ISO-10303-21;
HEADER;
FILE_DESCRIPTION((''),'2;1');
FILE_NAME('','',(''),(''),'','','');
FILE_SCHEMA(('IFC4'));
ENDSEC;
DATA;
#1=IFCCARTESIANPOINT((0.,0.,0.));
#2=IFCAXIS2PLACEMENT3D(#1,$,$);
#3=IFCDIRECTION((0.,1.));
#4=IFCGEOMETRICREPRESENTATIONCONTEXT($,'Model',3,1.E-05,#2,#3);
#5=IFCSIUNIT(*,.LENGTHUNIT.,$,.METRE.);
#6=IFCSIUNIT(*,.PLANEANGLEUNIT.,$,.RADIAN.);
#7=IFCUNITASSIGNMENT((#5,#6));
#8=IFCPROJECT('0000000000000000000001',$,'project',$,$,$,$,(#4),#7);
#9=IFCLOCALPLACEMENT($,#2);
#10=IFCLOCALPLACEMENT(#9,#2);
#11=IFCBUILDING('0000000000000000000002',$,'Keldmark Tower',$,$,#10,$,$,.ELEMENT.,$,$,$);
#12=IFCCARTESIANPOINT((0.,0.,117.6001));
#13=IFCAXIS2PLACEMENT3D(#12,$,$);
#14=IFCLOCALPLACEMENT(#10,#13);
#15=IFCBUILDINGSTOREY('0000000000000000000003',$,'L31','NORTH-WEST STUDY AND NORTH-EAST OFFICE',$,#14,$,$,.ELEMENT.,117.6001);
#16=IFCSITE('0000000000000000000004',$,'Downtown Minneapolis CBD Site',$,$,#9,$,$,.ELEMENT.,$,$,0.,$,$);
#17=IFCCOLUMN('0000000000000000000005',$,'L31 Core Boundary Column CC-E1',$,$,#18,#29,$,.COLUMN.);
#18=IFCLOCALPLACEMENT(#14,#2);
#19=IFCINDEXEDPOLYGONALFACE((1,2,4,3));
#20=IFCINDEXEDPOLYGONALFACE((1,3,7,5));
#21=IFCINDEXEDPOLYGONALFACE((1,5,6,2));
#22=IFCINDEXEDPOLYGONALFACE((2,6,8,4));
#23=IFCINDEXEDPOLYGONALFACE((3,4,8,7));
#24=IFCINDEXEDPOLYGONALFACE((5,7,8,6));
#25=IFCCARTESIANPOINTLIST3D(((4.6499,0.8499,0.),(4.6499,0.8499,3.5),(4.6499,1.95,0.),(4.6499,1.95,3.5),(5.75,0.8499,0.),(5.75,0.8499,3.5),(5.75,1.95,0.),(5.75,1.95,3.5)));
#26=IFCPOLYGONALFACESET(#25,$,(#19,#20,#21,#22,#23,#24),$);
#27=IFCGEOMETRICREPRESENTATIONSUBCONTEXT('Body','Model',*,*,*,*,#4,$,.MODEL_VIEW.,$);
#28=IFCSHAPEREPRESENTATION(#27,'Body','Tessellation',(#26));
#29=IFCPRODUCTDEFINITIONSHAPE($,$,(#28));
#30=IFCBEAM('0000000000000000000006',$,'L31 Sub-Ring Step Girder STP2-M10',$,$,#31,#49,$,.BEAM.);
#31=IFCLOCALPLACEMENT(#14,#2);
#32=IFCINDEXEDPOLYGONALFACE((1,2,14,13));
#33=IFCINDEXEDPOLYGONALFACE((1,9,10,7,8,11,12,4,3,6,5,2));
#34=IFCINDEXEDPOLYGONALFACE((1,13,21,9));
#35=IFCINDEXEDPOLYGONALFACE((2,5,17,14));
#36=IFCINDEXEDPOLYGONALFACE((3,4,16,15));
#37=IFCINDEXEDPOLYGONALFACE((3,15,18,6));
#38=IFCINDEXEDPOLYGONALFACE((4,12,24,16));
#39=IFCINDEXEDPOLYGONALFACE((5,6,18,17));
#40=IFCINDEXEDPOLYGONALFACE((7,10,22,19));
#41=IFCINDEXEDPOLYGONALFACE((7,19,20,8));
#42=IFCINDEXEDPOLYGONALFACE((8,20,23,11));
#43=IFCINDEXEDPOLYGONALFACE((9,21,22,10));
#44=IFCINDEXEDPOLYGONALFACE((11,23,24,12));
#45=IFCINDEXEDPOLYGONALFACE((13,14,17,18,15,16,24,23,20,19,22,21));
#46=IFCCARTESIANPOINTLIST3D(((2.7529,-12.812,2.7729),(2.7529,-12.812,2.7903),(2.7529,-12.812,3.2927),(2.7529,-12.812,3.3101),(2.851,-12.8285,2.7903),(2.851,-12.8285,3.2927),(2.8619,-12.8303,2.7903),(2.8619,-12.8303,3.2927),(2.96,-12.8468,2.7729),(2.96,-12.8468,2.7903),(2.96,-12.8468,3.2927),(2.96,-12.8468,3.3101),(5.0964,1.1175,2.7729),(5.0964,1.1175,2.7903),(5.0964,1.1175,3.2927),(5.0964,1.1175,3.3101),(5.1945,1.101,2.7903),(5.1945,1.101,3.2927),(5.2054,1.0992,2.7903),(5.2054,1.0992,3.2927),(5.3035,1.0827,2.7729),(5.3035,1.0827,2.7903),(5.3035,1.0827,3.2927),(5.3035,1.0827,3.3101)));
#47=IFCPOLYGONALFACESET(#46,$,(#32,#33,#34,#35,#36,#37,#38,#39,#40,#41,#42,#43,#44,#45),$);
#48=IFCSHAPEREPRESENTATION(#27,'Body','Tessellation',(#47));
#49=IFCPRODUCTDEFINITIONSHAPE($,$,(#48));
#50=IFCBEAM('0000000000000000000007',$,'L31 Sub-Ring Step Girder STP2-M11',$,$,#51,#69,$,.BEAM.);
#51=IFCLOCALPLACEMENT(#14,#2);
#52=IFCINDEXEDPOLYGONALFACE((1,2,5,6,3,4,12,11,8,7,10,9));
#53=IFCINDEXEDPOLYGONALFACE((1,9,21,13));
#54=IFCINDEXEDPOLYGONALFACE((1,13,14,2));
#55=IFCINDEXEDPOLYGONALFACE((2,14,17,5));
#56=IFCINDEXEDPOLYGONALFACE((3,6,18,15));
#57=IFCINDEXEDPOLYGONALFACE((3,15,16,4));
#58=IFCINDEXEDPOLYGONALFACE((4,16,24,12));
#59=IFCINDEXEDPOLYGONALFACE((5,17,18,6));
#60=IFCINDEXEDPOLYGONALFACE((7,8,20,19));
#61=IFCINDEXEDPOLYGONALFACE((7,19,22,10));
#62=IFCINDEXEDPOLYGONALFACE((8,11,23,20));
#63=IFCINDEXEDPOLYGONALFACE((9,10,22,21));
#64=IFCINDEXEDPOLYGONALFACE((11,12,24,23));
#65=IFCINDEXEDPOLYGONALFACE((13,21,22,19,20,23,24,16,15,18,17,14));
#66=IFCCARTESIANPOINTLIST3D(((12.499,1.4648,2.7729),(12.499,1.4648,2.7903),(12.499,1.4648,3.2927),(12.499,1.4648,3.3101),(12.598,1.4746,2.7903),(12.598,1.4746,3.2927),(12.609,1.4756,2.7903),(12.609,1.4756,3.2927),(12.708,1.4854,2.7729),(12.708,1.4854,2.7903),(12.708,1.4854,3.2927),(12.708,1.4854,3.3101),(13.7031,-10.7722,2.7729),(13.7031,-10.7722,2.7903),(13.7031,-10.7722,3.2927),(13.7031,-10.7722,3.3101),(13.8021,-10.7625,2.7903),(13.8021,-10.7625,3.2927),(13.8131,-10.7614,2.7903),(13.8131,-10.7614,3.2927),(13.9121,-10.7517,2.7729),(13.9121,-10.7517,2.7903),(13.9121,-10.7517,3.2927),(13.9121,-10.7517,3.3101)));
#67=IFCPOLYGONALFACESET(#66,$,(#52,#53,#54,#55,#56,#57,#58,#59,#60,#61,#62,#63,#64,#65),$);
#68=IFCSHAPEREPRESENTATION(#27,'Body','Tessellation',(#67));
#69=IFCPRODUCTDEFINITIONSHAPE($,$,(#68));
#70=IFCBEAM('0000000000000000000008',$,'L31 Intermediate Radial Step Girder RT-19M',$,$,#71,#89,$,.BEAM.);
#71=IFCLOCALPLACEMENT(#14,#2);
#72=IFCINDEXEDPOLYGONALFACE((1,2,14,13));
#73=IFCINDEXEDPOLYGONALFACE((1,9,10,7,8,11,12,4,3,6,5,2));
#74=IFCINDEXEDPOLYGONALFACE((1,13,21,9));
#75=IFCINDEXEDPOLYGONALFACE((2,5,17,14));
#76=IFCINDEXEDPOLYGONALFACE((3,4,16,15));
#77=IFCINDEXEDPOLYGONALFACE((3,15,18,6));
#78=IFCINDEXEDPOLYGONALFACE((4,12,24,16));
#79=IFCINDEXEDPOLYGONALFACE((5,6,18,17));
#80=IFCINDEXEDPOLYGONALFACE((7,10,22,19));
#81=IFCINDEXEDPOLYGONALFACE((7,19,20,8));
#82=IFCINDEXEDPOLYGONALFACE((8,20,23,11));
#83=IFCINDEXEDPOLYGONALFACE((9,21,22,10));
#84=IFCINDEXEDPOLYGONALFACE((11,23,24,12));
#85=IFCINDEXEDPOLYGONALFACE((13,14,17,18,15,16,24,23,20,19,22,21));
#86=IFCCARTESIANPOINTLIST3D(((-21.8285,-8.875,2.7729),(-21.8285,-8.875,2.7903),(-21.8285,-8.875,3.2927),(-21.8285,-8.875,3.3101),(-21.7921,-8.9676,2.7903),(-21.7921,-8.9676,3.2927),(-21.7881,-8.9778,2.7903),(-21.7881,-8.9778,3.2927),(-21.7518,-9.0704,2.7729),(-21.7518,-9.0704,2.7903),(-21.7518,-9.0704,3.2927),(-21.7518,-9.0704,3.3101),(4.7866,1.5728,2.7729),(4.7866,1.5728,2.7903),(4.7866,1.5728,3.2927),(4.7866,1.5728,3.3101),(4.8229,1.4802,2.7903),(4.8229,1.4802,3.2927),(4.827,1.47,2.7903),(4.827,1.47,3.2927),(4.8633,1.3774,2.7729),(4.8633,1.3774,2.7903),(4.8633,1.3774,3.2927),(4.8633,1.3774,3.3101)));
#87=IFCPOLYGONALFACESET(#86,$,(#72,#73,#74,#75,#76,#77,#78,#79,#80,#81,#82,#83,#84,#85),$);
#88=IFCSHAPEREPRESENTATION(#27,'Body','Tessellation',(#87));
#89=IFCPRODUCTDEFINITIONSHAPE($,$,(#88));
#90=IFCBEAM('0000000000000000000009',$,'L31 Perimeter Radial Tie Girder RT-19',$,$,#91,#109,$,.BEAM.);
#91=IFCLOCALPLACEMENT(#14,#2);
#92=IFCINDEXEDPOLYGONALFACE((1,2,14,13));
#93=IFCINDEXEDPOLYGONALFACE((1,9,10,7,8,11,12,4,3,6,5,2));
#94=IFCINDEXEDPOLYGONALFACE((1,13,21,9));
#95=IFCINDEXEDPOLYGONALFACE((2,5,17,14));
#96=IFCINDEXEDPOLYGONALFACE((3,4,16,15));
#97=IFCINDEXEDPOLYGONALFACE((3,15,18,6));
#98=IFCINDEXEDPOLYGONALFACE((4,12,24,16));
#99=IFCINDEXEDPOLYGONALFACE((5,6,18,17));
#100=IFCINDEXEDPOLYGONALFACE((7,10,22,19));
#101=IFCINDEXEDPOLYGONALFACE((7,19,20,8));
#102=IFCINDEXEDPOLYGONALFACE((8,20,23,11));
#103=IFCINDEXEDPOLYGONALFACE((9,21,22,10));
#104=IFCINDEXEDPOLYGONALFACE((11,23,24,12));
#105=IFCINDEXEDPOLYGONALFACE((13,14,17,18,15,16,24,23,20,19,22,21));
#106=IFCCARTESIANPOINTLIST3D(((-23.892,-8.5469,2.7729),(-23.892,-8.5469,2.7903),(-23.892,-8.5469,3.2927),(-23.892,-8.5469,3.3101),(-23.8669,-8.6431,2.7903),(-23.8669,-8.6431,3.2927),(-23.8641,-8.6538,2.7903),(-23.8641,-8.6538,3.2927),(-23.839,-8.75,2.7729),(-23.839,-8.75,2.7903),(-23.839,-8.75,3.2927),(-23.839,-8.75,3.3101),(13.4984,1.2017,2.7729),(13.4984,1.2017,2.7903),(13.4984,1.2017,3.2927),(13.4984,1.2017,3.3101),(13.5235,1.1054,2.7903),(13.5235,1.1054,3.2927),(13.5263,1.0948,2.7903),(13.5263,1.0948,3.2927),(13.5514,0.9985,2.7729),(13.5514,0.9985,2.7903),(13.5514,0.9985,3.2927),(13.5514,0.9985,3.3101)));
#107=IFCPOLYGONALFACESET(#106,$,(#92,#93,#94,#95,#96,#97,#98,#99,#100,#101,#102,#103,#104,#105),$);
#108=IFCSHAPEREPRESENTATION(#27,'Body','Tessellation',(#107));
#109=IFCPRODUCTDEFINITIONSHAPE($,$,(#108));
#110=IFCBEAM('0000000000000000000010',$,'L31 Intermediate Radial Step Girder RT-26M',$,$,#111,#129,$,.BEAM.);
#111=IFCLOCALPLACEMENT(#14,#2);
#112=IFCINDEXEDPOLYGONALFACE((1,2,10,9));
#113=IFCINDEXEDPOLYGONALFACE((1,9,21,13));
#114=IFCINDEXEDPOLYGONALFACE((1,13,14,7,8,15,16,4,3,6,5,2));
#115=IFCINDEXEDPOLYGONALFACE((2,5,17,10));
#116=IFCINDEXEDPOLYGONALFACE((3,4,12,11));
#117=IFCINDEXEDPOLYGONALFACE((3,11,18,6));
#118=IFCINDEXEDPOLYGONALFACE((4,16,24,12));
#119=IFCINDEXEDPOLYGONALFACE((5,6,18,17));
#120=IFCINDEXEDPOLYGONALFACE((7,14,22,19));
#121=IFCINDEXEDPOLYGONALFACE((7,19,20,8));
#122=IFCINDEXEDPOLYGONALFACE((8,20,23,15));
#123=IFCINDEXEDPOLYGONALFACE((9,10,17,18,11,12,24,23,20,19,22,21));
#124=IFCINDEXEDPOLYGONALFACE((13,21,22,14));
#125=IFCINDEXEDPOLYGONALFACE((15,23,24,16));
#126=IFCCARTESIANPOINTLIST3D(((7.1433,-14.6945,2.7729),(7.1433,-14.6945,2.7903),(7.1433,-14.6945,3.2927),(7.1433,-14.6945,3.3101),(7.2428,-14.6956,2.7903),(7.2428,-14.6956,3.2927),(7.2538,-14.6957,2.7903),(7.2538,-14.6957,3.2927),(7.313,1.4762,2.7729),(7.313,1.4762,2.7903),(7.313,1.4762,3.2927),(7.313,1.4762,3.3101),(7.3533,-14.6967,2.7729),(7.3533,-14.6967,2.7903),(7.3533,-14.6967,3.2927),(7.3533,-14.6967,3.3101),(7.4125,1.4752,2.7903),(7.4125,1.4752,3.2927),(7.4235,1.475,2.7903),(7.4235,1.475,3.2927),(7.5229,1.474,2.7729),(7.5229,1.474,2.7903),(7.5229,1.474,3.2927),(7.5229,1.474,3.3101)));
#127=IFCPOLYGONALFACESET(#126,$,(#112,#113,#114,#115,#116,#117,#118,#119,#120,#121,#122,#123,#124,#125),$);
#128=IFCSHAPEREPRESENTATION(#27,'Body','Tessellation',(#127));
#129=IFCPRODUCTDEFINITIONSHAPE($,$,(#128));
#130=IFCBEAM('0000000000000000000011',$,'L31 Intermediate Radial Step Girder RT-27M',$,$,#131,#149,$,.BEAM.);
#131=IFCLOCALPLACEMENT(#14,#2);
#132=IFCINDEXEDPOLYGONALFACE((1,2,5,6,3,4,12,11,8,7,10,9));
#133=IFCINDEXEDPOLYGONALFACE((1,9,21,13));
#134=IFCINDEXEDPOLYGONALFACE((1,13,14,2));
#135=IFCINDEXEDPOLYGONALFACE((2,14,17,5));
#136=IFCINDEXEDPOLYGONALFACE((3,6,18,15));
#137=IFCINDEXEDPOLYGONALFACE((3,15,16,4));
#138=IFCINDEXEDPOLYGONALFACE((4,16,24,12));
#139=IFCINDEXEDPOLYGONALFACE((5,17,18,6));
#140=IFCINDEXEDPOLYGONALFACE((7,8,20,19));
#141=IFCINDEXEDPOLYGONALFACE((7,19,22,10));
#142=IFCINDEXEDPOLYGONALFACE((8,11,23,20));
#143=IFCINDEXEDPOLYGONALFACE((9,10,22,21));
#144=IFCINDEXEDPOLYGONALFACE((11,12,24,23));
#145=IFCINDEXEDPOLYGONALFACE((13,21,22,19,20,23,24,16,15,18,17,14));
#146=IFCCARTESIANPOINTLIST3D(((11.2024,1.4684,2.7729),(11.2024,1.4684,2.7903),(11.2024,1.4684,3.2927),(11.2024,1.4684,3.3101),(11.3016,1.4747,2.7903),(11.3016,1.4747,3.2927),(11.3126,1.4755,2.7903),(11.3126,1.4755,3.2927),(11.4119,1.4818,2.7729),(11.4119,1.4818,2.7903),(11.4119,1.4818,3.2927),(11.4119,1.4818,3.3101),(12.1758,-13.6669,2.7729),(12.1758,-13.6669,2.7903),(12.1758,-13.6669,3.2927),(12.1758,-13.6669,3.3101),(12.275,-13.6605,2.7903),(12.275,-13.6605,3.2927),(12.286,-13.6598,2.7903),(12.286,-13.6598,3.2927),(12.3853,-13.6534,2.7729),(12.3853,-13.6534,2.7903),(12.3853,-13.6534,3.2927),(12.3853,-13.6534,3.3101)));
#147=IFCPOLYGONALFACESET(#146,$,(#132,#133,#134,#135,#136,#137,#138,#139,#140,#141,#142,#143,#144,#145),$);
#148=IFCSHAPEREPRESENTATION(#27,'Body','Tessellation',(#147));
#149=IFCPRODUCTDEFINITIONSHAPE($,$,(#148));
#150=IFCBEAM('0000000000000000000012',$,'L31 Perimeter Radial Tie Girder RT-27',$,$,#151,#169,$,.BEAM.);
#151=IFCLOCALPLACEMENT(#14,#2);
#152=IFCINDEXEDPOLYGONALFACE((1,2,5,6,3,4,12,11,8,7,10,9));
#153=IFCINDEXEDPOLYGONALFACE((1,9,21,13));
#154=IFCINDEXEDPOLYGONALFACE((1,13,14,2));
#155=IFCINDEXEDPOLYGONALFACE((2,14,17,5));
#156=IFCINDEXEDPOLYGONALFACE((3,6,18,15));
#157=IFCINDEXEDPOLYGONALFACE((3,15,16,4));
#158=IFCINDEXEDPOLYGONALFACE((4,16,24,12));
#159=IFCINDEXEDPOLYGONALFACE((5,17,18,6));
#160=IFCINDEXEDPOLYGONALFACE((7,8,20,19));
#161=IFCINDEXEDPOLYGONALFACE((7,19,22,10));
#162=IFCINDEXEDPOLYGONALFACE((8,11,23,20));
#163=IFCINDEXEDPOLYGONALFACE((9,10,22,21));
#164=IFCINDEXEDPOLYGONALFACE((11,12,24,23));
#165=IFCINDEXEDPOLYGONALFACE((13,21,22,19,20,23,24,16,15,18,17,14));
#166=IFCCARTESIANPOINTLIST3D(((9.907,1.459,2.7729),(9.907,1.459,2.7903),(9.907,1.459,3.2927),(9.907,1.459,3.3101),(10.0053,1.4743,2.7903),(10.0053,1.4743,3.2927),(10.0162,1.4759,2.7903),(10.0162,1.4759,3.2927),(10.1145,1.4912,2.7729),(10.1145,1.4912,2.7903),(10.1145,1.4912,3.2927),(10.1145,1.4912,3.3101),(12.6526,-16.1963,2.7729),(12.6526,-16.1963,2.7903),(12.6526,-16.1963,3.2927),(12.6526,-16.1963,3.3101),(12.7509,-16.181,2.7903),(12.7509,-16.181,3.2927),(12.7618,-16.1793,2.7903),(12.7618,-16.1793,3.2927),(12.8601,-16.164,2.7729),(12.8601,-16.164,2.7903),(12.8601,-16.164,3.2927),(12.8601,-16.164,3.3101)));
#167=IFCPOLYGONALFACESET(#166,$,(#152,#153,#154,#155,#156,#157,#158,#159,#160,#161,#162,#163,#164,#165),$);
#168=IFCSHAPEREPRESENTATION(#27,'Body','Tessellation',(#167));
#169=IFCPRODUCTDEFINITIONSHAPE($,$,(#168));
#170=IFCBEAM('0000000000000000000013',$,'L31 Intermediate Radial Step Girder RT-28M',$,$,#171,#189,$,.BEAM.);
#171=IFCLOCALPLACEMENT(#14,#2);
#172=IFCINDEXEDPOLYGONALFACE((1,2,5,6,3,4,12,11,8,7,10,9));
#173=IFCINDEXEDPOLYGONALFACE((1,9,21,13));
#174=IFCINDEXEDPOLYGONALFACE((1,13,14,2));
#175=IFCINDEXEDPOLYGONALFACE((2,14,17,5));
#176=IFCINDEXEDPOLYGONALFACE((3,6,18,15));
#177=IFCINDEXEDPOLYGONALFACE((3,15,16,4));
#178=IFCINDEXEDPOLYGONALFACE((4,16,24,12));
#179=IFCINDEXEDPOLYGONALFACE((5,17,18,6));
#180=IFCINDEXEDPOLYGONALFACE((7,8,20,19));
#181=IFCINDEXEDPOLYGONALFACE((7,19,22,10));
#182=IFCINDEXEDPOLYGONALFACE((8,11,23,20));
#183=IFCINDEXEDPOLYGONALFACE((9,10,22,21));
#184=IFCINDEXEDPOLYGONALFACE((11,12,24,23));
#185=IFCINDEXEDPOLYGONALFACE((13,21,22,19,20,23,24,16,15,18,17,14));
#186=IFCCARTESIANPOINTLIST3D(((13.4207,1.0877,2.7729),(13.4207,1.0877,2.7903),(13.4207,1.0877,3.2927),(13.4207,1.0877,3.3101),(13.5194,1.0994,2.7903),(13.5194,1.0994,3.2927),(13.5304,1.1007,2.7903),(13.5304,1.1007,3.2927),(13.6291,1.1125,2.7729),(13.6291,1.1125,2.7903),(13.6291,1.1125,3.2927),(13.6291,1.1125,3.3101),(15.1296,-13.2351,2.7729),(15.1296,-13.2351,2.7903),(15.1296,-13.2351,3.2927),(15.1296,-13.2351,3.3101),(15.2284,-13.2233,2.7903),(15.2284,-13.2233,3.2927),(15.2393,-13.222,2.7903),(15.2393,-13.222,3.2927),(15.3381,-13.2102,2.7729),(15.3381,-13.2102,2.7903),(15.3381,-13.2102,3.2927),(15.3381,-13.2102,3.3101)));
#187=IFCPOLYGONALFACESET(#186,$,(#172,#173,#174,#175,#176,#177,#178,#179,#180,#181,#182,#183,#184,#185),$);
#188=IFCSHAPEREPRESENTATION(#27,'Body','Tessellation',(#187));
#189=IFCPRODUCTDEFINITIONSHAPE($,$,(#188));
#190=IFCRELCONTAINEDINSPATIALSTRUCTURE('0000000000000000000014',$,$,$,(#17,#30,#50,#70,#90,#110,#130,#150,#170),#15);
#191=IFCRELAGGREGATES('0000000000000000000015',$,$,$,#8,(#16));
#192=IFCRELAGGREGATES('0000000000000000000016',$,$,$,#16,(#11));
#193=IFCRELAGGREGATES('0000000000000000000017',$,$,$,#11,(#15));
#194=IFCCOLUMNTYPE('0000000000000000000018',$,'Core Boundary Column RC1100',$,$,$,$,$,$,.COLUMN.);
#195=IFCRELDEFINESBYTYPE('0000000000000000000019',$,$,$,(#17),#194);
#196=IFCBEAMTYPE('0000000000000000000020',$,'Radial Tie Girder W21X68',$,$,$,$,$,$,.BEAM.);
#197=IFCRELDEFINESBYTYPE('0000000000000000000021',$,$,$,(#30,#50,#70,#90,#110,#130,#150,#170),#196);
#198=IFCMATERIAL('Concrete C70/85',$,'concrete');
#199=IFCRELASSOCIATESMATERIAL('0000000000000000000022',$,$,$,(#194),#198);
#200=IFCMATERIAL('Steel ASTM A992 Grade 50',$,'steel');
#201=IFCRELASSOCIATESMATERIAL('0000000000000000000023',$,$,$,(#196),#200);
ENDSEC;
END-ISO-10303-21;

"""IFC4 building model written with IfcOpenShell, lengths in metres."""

from ifc_helpers import new_model, si_unit, direction, frame, origin, origin_2d, place, context, subcontext, project, spatial, rectangle, i_section, extrude, material, material_profile, profile_set, type_object, element, save


model = new_model("IFC4")

# Units and contexts
model_context = context("Model", 3, precision=1e-05, world=origin(), true_north=direction((0.0, 1.0)))
body_context = subcontext(model_context, "Body", "Model", "MODEL_VIEW")
ifc_project = project(units=[si_unit("LENGTHUNIT", "METRE"), si_unit("PLANEANGLEUNIT", "RADIAN")], contexts=[model_context])

# Site, building, storey
site_placement = place(None, origin())
site = spatial("IfcSite", under=ifc_project, at=site_placement, Name="Downtown Minneapolis CBD Site", CompositionType="ELEMENT", RefElevation=0.0)
building_placement = place(site_placement, origin())
building = spatial("IfcBuilding", under=site, at=building_placement, Name="Keldmark Tower", CompositionType="ELEMENT")
storey_placement = place(building_placement, frame((0.0, 0.0, 117.6001)))
storey = spatial("IfcBuildingStorey", under=building, at=storey_placement, Name="L31", Description="NORTH-WEST STUDY AND NORTH-EAST OFFICE", CompositionType="ELEMENT", Elevation=117.6001)

# Column
ifc_material_1 = material(Name="Concrete C70/85", Category="concrete")
ifc_material_profile_1 = material_profile(ifc_material_1, rectangle(XDim=1.1001, YDim=1.1001, at=origin_2d()), Name="RC1100X1100")
ifc_profile_set_1 = profile_set([ifc_material_profile_1], Name="Concrete C70/85")
column_type = type_object("IfcColumnType", Name="Core Boundary Column RC1100", PredefinedType="COLUMN", material=ifc_profile_set_1)
column_placement = place(storey_placement, frame((5.2, 1.3999, 0.0), z_axis=(0.0, 0.0, 1.0), x_axis=(1.0, 0.0, 0.0)))
element("IfcColumn", 1, at=column_placement, inside=storey, type_object=column_type, Name="L31 Core Boundary Column CC-E1", PredefinedType="COLUMN", context=body_context, shape_type="SweptSolid", body=[
    extrude(rectangle(XDim=1.1001, YDim=1.1001, at=origin_2d()), origin(), (0.0, 0.0, 1.0), 3.5),
])

# Beams
ifc_material_2 = material(Name="Steel ASTM A992 Grade 50", Category="steel")
ifc_material_profile_2 = material_profile(ifc_material_2, i_section(OverallWidth=0.21, OverallDepth=0.5371, WebThickness=0.011, FlangeThickness=0.0173, at=origin_2d()), Name="W21X68")
ifc_profile_set_2 = profile_set([ifc_material_profile_2], Name="Steel ASTM A992 Grade 50")
beam_type = type_object("IfcBeamType", Name="Radial Tie Girder W21X68", PredefinedType="BEAM", material=ifc_profile_set_2)
beam_1_placement = place(storey_placement, frame((5.2, 1.1001, 3.0415), z_axis=(-0.16591, -0.986141, 0.0), x_axis=(0.986141, -0.16591, 0.0)))
element("IfcBeam", 2, at=beam_1_placement, inside=storey, type_object=beam_type, Name="L31 Sub-Ring Step Girder STP2-M10", PredefinedType="BEAM", context=body_context, shape_type="SweptSolid", body=[
    extrude(i_section(OverallWidth=0.21, OverallDepth=0.5371, WebThickness=0.011, FlangeThickness=0.0173, at=origin_2d()), origin(), (0.0, 0.0, 1.0), 14.1252),
])
beam_2_placement = place(storey_placement, frame((12.6035, 1.4751, 3.0415), z_axis=(0.097925, -0.995194, 0.0), x_axis=(0.995194, 0.097925, 0.0)))
element("IfcBeam", 3, at=beam_2_placement, inside=storey, type_object=beam_type, Name="L31 Sub-Ring Step Girder STP2-M11", PredefinedType="BEAM", context=body_context, shape_type="SweptSolid", body=[
    extrude(i_section(OverallWidth=0.21, OverallDepth=0.5371, WebThickness=0.011, FlangeThickness=0.0173, at=origin_2d()), origin(), (0.0, 0.0, 1.0), 12.2961),
])
beam_3_placement = place(storey_placement, frame((4.825, 1.4751, 3.0415), z_axis=(-0.930848, -0.365406, 0.0), x_axis=(0.365406, -0.930848, 0.0)))
element("IfcBeam", 4, at=beam_3_placement, inside=storey, type_object=beam_type, Name="L31 Intermediate Radial Step Girder RT-19M", PredefinedType="BEAM", context=body_context, shape_type="SweptSolid", body=[
    extrude(i_section(OverallWidth=0.21, OverallDepth=0.5371, WebThickness=0.011, FlangeThickness=0.0173, at=origin_2d()), origin(), (0.0, 0.0, 1.0), 28.5923),
])
beam_4_placement = place(storey_placement, frame((13.5249, 1.1001, 3.0415), z_axis=(-0.967652, -0.252289, 0.0), x_axis=(0.252289, -0.967652, 0.0)))
element("IfcBeam", 5, at=beam_4_placement, inside=storey, type_object=beam_type, Name="L31 Perimeter Radial Tie Girder RT-19", PredefinedType="BEAM", context=body_context, shape_type="SweptSolid", body=[
    extrude(i_section(OverallWidth=0.21, OverallDepth=0.5371, WebThickness=0.011, FlangeThickness=0.0173, at=origin_2d()), origin(), (0.0, 0.0, 1.0), 38.6404),
])
beam_5_placement = place(storey_placement, frame((7.418, 1.4751, 3.0415), z_axis=(-0.010492, -0.999945, 0.0), x_axis=(0.999945, -0.010492, 0.0)))
element("IfcBeam", 6, at=beam_5_placement, inside=storey, type_object=beam_type, Name="L31 Intermediate Radial Step Girder RT-26M", PredefinedType="BEAM", context=body_context, shape_type="SweptSolid", body=[
    extrude(i_section(OverallWidth=0.21, OverallDepth=0.5371, WebThickness=0.011, FlangeThickness=0.0173, at=origin_2d()), origin(), (0.0, 0.0, 1.0), 16.1716),
])
beam_6_placement = place(storey_placement, frame((11.3071, 1.4751, 3.0415), z_axis=(0.06418, -0.997938, 0.0), x_axis=(0.997938, 0.06418, 0.0)))
element("IfcBeam", 7, at=beam_6_placement, inside=storey, type_object=beam_type, Name="L31 Intermediate Radial Step Girder RT-27M", PredefinedType="BEAM", context=body_context, shape_type="SweptSolid", body=[
    extrude(i_section(OverallWidth=0.21, OverallDepth=0.5371, WebThickness=0.011, FlangeThickness=0.0173, at=origin_2d()), origin(), (0.0, 0.0, 1.0), 15.1665),
])
beam_7_placement = place(storey_placement, frame((10.0107, 1.4751, 3.0415), z_axis=(0.153665, -0.988123, 0.0), x_axis=(0.988123, 0.153665, 0.0)))
element("IfcBeam", 8, at=beam_7_placement, inside=storey, type_object=beam_type, Name="L31 Perimeter Radial Tie Girder RT-27", PredefinedType="BEAM", context=body_context, shape_type="SweptSolid", body=[
    extrude(i_section(OverallWidth=0.21, OverallDepth=0.5371, WebThickness=0.011, FlangeThickness=0.0173, at=origin_2d()), origin(), (0.0, 0.0, 1.0), 17.8674),
])
beam_8_placement = place(storey_placement, frame((13.5249, 1.1001, 3.0415), z_axis=(0.118479, -0.992957, 0.0), x_axis=(0.992957, 0.118479, 0.0)))
element("IfcBeam", 9, at=beam_8_placement, inside=storey, type_object=beam_type, Name="L31 Intermediate Radial Step Girder RT-28M", PredefinedType="BEAM", context=body_context, shape_type="SweptSolid", body=[
    extrude(i_section(OverallWidth=0.21, OverallDepth=0.5371, WebThickness=0.011, FlangeThickness=0.0173, at=origin_2d()), origin(), (0.0, 0.0, 1.0), 14.4243),
])

save(model, "model.ifc")
